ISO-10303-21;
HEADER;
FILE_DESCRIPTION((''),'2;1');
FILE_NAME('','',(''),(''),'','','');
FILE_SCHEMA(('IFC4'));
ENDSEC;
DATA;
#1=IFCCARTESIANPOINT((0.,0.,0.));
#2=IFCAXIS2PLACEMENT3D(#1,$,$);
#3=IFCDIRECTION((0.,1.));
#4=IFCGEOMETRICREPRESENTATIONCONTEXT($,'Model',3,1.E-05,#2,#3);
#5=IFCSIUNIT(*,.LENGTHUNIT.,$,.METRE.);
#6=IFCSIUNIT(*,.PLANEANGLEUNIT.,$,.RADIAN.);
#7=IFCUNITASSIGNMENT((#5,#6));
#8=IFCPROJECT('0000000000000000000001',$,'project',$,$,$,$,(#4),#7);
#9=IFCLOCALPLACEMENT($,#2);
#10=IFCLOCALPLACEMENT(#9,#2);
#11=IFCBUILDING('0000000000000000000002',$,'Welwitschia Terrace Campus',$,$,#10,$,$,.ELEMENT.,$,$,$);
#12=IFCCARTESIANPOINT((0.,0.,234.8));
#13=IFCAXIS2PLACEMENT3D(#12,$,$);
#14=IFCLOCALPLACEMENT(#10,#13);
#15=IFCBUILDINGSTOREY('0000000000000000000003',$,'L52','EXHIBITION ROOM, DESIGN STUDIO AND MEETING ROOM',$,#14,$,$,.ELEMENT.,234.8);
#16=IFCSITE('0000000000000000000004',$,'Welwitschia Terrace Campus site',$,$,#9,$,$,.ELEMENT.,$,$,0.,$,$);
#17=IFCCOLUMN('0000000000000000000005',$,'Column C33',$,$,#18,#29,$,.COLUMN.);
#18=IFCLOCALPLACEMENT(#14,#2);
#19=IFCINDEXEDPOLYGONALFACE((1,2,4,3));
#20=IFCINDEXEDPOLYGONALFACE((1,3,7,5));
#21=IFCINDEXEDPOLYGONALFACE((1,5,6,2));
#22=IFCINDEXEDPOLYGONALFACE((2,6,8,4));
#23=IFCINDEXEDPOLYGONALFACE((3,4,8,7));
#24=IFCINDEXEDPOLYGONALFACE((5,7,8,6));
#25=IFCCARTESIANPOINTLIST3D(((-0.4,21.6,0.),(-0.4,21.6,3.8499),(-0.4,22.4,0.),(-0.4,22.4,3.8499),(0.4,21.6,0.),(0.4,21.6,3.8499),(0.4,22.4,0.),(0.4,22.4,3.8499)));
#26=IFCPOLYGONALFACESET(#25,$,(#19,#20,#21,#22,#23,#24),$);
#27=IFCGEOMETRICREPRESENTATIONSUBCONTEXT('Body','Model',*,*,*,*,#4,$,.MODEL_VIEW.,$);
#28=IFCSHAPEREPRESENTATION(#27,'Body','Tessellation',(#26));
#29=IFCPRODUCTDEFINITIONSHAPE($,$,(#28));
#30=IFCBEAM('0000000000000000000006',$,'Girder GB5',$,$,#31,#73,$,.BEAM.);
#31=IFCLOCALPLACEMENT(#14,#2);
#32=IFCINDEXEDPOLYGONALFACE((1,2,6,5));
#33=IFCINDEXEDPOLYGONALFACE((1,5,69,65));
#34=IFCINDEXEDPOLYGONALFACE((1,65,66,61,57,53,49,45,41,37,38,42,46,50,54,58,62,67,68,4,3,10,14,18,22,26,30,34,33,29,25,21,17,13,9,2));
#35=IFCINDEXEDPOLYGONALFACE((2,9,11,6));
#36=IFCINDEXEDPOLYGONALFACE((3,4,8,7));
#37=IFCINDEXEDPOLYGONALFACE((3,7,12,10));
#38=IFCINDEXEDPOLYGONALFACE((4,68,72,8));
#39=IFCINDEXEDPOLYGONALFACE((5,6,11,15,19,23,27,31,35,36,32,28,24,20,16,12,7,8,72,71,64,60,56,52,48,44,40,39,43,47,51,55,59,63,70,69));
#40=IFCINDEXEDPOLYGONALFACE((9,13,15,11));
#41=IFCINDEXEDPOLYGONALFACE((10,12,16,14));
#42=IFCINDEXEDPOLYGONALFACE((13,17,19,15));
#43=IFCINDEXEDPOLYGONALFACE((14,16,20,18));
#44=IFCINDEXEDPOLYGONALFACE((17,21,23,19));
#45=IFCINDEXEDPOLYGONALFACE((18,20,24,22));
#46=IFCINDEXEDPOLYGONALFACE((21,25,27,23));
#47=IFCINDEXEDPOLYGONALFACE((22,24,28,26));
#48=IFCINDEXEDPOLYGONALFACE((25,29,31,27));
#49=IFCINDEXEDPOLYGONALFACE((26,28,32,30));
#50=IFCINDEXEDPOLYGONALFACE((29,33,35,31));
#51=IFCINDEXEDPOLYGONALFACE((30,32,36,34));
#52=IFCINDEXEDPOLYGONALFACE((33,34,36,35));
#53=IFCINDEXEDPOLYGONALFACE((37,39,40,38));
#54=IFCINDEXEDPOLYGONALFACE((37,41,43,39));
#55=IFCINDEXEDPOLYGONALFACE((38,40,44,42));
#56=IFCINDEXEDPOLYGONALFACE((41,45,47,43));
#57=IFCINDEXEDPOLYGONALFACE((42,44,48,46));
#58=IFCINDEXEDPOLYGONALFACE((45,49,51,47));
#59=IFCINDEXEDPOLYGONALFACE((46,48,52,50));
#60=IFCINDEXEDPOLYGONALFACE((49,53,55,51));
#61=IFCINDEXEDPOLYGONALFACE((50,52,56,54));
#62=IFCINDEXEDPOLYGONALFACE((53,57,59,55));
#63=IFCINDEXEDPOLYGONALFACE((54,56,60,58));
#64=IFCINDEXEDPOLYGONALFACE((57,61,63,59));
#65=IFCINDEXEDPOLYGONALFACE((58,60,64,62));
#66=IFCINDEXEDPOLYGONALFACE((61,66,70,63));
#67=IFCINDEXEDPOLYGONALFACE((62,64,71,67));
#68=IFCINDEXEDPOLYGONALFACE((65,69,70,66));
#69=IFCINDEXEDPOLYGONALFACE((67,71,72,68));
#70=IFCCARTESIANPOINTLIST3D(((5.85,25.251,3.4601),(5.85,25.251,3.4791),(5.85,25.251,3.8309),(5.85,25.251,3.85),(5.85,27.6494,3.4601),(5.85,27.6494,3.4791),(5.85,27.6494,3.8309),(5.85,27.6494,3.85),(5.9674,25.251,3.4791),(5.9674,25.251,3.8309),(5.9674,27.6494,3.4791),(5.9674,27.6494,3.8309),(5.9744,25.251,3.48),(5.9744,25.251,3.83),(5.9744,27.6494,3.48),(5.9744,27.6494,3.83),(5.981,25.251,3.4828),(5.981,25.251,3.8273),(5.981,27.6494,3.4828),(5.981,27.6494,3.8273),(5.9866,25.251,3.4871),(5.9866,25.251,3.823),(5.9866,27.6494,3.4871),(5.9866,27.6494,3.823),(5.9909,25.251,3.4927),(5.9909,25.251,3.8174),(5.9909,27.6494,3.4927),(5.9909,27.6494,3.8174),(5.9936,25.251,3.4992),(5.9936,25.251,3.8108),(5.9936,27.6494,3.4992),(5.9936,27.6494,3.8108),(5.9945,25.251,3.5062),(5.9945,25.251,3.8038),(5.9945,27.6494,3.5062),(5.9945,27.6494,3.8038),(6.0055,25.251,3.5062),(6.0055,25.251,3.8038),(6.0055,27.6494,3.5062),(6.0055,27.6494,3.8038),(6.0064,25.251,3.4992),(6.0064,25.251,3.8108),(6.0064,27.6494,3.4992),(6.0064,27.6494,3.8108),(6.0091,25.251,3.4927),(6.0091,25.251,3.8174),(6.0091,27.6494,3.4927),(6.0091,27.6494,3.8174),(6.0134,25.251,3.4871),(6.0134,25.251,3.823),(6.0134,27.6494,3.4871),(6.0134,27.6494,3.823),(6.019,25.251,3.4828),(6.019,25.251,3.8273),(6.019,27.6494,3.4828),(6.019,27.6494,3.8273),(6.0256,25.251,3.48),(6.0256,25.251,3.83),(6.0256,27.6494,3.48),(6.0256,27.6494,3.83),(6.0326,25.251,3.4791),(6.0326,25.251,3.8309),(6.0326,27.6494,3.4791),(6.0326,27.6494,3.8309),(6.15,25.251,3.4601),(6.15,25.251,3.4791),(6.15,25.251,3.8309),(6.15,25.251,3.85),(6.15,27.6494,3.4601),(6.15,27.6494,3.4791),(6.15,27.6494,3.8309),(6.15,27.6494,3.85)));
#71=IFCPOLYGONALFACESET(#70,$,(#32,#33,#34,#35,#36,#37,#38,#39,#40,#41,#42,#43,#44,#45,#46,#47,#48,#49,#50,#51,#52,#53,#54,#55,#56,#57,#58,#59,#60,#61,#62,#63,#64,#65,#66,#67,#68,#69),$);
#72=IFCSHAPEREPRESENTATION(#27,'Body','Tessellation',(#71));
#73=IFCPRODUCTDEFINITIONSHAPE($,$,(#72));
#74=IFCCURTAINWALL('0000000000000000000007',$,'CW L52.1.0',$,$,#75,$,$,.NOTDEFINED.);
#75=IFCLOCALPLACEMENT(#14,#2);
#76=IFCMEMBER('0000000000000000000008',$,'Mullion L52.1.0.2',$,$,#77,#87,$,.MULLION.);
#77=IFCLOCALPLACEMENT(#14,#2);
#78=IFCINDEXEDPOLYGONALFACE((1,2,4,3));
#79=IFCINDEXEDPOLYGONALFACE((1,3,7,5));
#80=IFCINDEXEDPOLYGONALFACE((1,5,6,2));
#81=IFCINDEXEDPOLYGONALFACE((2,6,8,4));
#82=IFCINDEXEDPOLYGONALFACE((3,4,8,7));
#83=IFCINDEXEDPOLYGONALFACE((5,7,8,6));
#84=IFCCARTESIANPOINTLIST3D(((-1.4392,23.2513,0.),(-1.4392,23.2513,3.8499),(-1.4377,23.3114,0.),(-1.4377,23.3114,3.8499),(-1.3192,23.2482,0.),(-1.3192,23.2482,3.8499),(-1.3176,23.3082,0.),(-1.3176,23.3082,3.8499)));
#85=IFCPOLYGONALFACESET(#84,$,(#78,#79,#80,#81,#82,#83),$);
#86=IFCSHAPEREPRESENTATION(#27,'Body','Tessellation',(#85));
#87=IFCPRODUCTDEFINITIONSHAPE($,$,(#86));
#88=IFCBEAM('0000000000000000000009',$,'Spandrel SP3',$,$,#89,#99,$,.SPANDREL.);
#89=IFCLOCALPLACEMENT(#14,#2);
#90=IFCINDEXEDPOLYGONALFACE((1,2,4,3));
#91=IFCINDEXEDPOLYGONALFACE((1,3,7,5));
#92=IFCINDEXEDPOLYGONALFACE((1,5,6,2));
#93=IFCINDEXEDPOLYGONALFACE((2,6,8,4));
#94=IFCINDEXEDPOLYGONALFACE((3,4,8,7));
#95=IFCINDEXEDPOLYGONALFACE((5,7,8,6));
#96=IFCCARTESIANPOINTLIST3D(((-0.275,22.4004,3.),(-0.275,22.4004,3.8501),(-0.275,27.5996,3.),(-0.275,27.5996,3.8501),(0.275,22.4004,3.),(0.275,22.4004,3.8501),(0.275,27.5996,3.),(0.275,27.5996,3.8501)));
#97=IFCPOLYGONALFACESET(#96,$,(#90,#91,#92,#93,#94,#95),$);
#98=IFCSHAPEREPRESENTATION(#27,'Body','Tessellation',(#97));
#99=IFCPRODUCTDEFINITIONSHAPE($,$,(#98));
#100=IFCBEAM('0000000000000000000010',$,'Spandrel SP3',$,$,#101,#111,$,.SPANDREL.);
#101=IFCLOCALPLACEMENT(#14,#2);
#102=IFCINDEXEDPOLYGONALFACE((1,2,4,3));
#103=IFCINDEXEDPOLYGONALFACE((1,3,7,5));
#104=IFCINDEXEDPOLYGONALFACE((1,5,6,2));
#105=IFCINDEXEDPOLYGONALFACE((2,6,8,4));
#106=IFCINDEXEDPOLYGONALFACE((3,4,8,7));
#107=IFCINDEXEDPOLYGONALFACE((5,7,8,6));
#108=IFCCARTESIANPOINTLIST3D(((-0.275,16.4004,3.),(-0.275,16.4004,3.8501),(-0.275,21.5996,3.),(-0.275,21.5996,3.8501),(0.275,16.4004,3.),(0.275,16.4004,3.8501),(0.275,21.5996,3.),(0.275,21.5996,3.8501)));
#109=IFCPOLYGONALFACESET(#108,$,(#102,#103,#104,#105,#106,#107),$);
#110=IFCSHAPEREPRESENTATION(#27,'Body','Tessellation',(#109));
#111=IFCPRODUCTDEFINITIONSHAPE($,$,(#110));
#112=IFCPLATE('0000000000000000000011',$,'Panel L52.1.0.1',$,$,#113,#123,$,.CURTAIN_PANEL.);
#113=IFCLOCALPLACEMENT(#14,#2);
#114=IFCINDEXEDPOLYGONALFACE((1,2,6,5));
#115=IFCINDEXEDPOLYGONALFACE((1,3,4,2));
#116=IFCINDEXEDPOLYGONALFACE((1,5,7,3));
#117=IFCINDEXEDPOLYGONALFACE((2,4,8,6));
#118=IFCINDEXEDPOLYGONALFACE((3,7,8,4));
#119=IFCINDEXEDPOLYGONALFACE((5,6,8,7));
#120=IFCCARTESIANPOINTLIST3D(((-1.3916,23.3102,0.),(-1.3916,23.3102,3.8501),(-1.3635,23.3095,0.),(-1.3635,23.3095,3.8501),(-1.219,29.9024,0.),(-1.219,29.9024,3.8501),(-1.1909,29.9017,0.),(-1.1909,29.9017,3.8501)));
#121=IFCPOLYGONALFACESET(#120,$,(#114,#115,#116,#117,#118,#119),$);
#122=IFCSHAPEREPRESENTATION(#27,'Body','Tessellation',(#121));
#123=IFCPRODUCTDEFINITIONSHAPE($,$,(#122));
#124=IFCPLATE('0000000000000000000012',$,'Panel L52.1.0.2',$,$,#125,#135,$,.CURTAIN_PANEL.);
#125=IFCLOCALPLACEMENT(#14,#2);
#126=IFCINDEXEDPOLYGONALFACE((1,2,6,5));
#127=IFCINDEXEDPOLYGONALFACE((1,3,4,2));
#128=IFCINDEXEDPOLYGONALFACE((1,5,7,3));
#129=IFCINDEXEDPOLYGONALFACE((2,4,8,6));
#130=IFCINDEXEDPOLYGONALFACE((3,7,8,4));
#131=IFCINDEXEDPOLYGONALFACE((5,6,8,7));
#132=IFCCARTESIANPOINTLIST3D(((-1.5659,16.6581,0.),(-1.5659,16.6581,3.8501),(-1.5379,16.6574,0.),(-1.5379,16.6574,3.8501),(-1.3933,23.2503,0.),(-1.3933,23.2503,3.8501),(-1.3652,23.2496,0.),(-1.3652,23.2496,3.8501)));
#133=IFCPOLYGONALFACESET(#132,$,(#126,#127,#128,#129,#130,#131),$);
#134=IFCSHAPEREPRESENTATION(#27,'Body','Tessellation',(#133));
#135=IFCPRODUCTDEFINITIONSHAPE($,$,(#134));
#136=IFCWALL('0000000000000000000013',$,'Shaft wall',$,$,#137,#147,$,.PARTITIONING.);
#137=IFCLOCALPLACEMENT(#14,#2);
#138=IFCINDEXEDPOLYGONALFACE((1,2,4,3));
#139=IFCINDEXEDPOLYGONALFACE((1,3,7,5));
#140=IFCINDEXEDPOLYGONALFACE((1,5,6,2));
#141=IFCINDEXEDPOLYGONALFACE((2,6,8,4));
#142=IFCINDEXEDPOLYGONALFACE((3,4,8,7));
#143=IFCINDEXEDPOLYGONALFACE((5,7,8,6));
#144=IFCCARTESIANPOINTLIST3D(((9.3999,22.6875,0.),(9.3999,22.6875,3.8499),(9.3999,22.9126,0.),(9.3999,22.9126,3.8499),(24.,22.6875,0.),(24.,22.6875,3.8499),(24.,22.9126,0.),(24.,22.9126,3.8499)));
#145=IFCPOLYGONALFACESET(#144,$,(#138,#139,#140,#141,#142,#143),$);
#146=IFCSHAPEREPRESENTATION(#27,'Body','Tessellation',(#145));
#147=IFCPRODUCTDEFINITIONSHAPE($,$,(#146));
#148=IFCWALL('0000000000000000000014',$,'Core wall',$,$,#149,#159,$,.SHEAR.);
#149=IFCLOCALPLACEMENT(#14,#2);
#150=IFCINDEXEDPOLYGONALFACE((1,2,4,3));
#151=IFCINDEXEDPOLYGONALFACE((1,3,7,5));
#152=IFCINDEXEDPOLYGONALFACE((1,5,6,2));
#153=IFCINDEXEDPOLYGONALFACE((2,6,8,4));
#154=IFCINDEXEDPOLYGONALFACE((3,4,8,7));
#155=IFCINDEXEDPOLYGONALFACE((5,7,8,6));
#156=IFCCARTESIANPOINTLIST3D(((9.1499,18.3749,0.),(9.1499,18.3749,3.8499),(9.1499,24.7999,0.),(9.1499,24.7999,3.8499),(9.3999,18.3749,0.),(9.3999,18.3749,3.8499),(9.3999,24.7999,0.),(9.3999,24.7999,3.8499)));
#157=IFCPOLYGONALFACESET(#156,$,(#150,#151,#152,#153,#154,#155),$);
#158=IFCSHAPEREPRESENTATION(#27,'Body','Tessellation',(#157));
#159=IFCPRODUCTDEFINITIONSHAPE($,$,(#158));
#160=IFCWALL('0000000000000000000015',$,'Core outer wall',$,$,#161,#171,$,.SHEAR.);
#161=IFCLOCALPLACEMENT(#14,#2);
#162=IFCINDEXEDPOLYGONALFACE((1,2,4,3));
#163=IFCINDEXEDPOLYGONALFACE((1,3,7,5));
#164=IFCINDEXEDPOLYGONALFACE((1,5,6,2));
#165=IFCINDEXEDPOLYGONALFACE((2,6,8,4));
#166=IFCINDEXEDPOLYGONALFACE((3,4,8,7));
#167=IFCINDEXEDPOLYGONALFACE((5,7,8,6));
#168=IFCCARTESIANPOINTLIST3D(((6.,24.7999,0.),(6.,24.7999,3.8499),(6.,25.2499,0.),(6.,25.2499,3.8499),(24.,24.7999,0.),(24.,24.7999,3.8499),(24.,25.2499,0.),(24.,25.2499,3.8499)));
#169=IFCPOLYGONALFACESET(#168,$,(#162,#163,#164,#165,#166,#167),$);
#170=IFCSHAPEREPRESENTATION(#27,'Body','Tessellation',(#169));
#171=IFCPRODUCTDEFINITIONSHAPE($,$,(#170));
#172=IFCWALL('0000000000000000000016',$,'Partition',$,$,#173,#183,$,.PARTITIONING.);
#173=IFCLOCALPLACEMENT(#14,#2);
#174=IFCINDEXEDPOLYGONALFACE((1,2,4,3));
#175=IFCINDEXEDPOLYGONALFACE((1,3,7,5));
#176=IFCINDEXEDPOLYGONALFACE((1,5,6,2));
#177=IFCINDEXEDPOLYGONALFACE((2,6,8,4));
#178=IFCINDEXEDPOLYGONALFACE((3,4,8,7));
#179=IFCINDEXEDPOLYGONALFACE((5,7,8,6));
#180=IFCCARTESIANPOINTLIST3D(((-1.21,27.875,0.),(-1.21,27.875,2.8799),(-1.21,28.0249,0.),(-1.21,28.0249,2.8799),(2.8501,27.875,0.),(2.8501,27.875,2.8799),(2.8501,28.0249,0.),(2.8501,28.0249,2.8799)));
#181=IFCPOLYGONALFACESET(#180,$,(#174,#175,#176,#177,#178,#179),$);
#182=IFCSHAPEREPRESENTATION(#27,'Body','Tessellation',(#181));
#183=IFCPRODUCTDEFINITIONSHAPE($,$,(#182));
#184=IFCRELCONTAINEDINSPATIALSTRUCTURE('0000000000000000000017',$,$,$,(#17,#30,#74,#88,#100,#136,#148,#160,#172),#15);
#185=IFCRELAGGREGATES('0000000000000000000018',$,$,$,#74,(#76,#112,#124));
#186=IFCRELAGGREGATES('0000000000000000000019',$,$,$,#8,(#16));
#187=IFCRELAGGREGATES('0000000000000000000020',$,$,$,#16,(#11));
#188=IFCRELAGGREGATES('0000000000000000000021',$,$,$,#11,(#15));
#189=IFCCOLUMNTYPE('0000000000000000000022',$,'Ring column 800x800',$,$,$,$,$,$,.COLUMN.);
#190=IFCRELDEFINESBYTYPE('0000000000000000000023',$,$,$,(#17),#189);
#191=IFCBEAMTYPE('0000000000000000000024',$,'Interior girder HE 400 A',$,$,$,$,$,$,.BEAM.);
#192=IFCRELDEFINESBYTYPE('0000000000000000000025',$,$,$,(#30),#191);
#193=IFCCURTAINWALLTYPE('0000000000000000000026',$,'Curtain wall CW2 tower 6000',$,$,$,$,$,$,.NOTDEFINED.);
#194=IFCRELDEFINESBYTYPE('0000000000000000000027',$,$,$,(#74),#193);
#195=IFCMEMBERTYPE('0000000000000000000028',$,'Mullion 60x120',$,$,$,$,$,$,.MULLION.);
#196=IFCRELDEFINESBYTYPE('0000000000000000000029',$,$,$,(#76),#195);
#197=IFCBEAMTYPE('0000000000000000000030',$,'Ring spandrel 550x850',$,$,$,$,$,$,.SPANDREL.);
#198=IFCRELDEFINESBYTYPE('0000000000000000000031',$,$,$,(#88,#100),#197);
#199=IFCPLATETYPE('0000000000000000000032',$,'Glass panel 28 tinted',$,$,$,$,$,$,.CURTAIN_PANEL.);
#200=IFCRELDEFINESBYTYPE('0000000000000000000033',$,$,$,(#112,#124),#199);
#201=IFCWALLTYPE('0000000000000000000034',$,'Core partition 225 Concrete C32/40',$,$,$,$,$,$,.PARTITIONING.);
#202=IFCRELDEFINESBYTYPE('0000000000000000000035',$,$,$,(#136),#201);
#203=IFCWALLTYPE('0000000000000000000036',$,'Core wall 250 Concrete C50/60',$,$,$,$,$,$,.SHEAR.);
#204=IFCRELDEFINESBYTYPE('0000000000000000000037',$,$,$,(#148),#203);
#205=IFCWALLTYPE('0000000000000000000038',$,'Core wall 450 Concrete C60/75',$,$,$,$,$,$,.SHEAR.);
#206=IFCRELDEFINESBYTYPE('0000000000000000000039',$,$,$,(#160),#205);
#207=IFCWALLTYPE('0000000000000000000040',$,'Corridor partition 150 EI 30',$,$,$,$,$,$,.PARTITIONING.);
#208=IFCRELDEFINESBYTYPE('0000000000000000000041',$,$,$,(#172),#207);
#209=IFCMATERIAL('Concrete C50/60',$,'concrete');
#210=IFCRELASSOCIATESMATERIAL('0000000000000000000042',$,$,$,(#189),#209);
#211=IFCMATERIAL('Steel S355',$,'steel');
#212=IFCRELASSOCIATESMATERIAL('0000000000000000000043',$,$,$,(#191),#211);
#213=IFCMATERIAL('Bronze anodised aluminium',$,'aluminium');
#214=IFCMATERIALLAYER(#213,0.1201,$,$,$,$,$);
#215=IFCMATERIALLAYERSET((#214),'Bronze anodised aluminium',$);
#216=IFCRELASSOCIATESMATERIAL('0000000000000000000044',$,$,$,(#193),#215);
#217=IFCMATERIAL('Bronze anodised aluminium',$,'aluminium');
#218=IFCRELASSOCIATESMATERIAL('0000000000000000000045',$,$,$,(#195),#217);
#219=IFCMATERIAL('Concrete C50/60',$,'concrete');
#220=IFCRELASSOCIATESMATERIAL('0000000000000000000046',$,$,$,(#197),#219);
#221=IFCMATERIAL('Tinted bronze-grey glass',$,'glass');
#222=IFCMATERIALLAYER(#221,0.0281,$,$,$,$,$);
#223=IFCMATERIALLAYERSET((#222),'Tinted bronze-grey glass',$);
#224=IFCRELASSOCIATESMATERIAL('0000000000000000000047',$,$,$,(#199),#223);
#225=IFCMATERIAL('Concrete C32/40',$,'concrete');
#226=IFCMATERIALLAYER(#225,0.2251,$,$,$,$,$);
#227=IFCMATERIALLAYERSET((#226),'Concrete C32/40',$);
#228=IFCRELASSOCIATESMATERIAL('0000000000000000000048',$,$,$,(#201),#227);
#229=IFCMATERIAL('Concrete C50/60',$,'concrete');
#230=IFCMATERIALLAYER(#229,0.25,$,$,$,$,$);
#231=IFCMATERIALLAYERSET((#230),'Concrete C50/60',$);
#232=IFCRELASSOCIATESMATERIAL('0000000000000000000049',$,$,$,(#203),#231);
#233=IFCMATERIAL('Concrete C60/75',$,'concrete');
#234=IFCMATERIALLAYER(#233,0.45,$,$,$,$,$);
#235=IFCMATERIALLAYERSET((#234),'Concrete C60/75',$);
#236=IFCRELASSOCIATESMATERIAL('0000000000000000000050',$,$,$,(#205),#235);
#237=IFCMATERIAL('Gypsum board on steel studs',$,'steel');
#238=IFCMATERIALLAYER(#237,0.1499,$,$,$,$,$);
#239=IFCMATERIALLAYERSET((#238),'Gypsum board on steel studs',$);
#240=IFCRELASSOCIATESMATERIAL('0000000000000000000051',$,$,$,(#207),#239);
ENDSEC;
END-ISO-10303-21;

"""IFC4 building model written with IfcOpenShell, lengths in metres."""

from ifc_helpers import new_model, si_unit, direction, frame, frame_2d, origin, origin_2d, place, context, subcontext, project, spatial, rectangle, i_section, extrude, material, layer, layer_set, material_profile, profile_set, type_object, element, aggregate, save


model = new_model("IFC4")

# Units and contexts
model_context = context("Model", 3, precision=1e-05, world=origin(), true_north=direction((0.0, 1.0)))
body_context = subcontext(model_context, "Body", "Model", "MODEL_VIEW")
ifc_project = project(units=[si_unit("LENGTHUNIT", "METRE"), si_unit("PLANEANGLEUNIT", "RADIAN")], contexts=[model_context])

# Site, building, storey
site_placement = place(None, origin())
site = spatial("IfcSite", under=ifc_project, at=site_placement, Name="Welwitschia Terrace Campus site", CompositionType="ELEMENT", RefElevation=0.0)
building_placement = place(site_placement, origin())
building = spatial("IfcBuilding", under=site, at=building_placement, Name="Welwitschia Terrace Campus", CompositionType="ELEMENT")
storey_placement = place(building_placement, frame((0.0, 0.0, 234.8)))
storey = spatial("IfcBuildingStorey", under=building, at=storey_placement, Name="L52", Description="EXHIBITION ROOM, DESIGN STUDIO AND MEETING ROOM", CompositionType="ELEMENT", Elevation=234.8)

# Column
ifc_material_1 = material(Name="Concrete C50/60", Category="concrete")
ifc_material_profile_1 = material_profile(ifc_material_1, rectangle(XDim=0.8, YDim=0.8, at=origin_2d()))
ifc_profile_set_1 = profile_set([ifc_material_profile_1], Name="Concrete C50/60")
column_type = type_object("IfcColumnType", Name="Ring column 800x800", PredefinedType="COLUMN", material=ifc_profile_set_1)
column_placement = place(storey_placement, frame((0.0, 22.0, 0.0), z_axis=(0.0, 0.0, 1.0), x_axis=(1.0, 0.0, 0.0)))
element("IfcColumn", 1, at=column_placement, inside=storey, type_object=column_type, Name="Column C33", PredefinedType="COLUMN", context=body_context, shape_type="SweptSolid", body=[
    extrude(rectangle(XDim=0.8, YDim=0.8, at=origin_2d()), origin(), (0.0, 0.0, 1.0), 3.8499),
])

# Beam
ifc_material_2 = material(Name="Steel S355", Category="steel")
ifc_material_profile_2 = material_profile(ifc_material_2, i_section(OverallWidth=0.3, OverallDepth=0.3899, WebThickness=0.011, FlangeThickness=0.019, FilletRadius=0.0271, at=origin_2d()))
ifc_profile_set_2 = profile_set([ifc_material_profile_2], Name="Steel S355")
beam_type_1 = type_object("IfcBeamType", Name="Interior girder HE 400 A", PredefinedType="BEAM", material=ifc_profile_set_2)
beam_placement = place(storey_placement, frame((6.0, 25.251, 3.655), z_axis=(0.0, 1.0, 0.0), x_axis=(-1.0, 0.0, 0.0)))
element("IfcBeam", 2, at=beam_placement, inside=storey, type_object=beam_type_1, Name="Girder GB5", PredefinedType="BEAM", context=body_context, shape_type="SweptSolid", body=[
    extrude(i_section(OverallWidth=0.3, OverallDepth=0.3899, WebThickness=0.011, FlangeThickness=0.019, FilletRadius=0.0271, at=origin_2d()), origin(), (0.0, 0.0, 1.0), 2.3984),
])

# Curtain wall, member
ifc_material_3 = material(Name="Bronze anodised aluminium", Category="aluminium")
ifc_layer_1 = layer(ifc_material_3, 0.1201)
ifc_layer_set_1 = layer_set([ifc_layer_1], Name="Bronze anodised aluminium")
curtain_wall_type = type_object("IfcCurtainWallType", Name="Curtain wall CW2 tower 6000", PredefinedType="NOTDEFINED", material=ifc_layer_set_1)
curtain_wall_placement = place(storey_placement, origin())
curtain_wall = element("IfcCurtainWall", 3, at=curtain_wall_placement, inside=storey, type_object=curtain_wall_type, Name="CW L52.1.0", PredefinedType="NOTDEFINED")
ifc_material_4 = material(Name="Bronze anodised aluminium", Category="aluminium")
ifc_material_profile_3 = material_profile(ifc_material_4, rectangle(XDim=0.1201, YDim=0.0601, at=origin_2d()))
ifc_profile_set_3 = profile_set([ifc_material_profile_3], Name="Bronze anodised aluminium")
member_type = type_object("IfcMemberType", Name="Mullion 60x120", PredefinedType="MULLION", material=ifc_profile_set_3)
member_placement = place(storey_placement, frame((-1.3784, 23.2798, 0.0), z_axis=(0.0, 0.0, 1.0), x_axis=(0.999657, -0.026177, 0.0)))
member = element("IfcMember", 4, at=member_placement, type_object=member_type, Name="Mullion L52.1.0.2", PredefinedType="MULLION", context=body_context, shape_type="SweptSolid", body=[
    extrude(rectangle(XDim=0.1201, YDim=0.0601, at=origin_2d()), origin(), (0.0, 0.0, 1.0), 3.8499),
])

# Beams
ifc_material_5 = material(Name="Concrete C50/60", Category="concrete")
ifc_material_profile_4 = material_profile(ifc_material_5, rectangle(XDim=0.55, YDim=0.8501, at=origin_2d()))
ifc_profile_set_4 = profile_set([ifc_material_profile_4], Name="Concrete C50/60")
beam_type_2 = type_object("IfcBeamType", Name="Ring spandrel 550x850", PredefinedType="SPANDREL", material=ifc_profile_set_4)
for number, where, z_axis, x_axis, name in (
    (5, (0.0, 27.5996, 3.425), (0.0, -1.0, 0.0), (1.0, 0.0, 0.0), "Spandrel SP3"),
    (6, (0.0, 21.5996, 3.425), (0.0, -1.0, 0.0), (1.0, 0.0, 0.0), "Spandrel SP3"),
):
    element("IfcBeam", number, at=place(storey_placement, frame(where, z_axis=z_axis, x_axis=x_axis)), inside=storey, type_object=beam_type_2, Name=name, PredefinedType="SPANDREL", context=body_context, shape_type="SweptSolid", body=[
        extrude(rectangle(XDim=0.55, YDim=0.8501, at=origin_2d()), origin(), (0.0, 0.0, 1.0), 5.1992),
    ])

# Plates
ifc_material_6 = material(Name="Tinted bronze-grey glass", Category="glass")
ifc_layer_2 = layer(ifc_material_6, 0.0281)
ifc_layer_set_2 = layer_set([ifc_layer_2], Name="Tinted bronze-grey glass")
plate_type = type_object("IfcPlateType", Name="Glass panel 28 tinted", PredefinedType="CURTAIN_PANEL", material=ifc_layer_set_2)
plate_1_placement = place(storey_placement, frame((-1.2913, 26.606, 0.0), z_axis=(0.0, 0.0, 1.0), x_axis=(-0.026177, -0.999657, 0.0)))
plate_1 = element("IfcPlate", 7, at=plate_1_placement, type_object=plate_type, Name="Panel L52.1.0.1", PredefinedType="CURTAIN_PANEL", context=body_context, shape_type="SweptSolid", body=[
    extrude(rectangle(XDim=6.5945, YDim=0.0281, at=origin_2d()), origin(), (0.0, 0.0, 1.0), 3.8501),
])
plate_2_placement = place(storey_placement, frame((-1.4656, 19.9539, 0.0), z_axis=(0.0, 0.0, 1.0), x_axis=(-0.026177, -0.999657, 0.0)))
plate_2 = element("IfcPlate", 8, at=plate_2_placement, type_object=plate_type, Name="Panel L52.1.0.2", PredefinedType="CURTAIN_PANEL", context=body_context, shape_type="SweptSolid", body=[
    extrude(rectangle(XDim=6.5945, YDim=0.0281, at=origin_2d()), origin(), (0.0, 0.0, 1.0), 3.8501),
])
aggregate(curtain_wall, [member, plate_1, plate_2])

# Walls
ifc_material_7 = material(Name="Concrete C32/40", Category="concrete")
ifc_layer_3 = layer(ifc_material_7, 0.2251)
ifc_layer_set_3 = layer_set([ifc_layer_3], Name="Concrete C32/40")
wall_type_1 = type_object("IfcWallType", Name="Core partition 225 Concrete C32/40", PredefinedType="PARTITIONING", material=ifc_layer_set_3)
wall_1_placement = place(storey_placement, frame((9.3999, 22.8, 0.0), z_axis=(0.0, 0.0, 1.0), x_axis=(1.0, 0.0, 0.0)))
element("IfcWall", 9, at=wall_1_placement, inside=storey, type_object=wall_type_1, Name="Shaft wall", PredefinedType="PARTITIONING", context=body_context, shape_type="SweptSolid", body=[
    extrude(rectangle(XDim=14.6001, YDim=0.2251, at=frame_2d((7.3, 0.0))), origin(), (0.0, 0.0, 1.0), 3.8499),
])
ifc_material_8 = material(Name="Concrete C50/60", Category="concrete")
ifc_layer_4 = layer(ifc_material_8, 0.25)
ifc_layer_set_4 = layer_set([ifc_layer_4], Name="Concrete C50/60")
wall_type_2 = type_object("IfcWallType", Name="Core wall 250 Concrete C50/60", PredefinedType="SHEAR", material=ifc_layer_set_4)
wall_2_placement = place(storey_placement, frame((9.2749, 18.375, 0.0), z_axis=(0.0, 0.0, 1.0), x_axis=(0.0, 1.0, 0.0)))
element("IfcWall", 10, at=wall_2_placement, inside=storey, type_object=wall_type_2, Name="Core wall", PredefinedType="SHEAR", context=body_context, shape_type="SweptSolid", body=[
    extrude(rectangle(XDim=6.425, YDim=0.25, at=frame_2d((3.2124, 0.0))), origin(), (0.0, 0.0, 1.0), 3.8499),
])
ifc_material_9 = material(Name="Concrete C60/75", Category="concrete")
ifc_layer_5 = layer(ifc_material_9, 0.45)
ifc_layer_set_5 = layer_set([ifc_layer_5], Name="Concrete C60/75")
wall_type_3 = type_object("IfcWallType", Name="Core wall 450 Concrete C60/75", PredefinedType="SHEAR", material=ifc_layer_set_5)
wall_3_placement = place(storey_placement, frame((6.0, 25.0249, 0.0), z_axis=(0.0, 0.0, 1.0), x_axis=(1.0, 0.0, 0.0)))
element("IfcWall", 11, at=wall_3_placement, inside=storey, type_object=wall_type_3, Name="Core outer wall", PredefinedType="SHEAR", context=body_context, shape_type="SweptSolid", body=[
    extrude(rectangle(XDim=18.0, YDim=0.45, at=frame_2d((9.0, 0.0))), origin(), (0.0, 0.0, 1.0), 3.8499),
])
ifc_material_10 = material(Name="Gypsum board on steel studs", Category="steel")
ifc_layer_6 = layer(ifc_material_10, 0.1499)
ifc_layer_set_6 = layer_set([ifc_layer_6], Name="Gypsum board on steel studs")
wall_type_4 = type_object("IfcWallType", Name="Corridor partition 150 EI 30", PredefinedType="PARTITIONING", material=ifc_layer_set_6)
wall_4_placement = place(storey_placement, frame((-1.21, 27.95, 0.0), z_axis=(0.0, 0.0, 1.0), x_axis=(1.0, 0.0, 0.0)))
element("IfcWall", 12, at=wall_4_placement, inside=storey, type_object=wall_type_4, Name="Partition", PredefinedType="PARTITIONING", context=body_context, shape_type="SweptSolid", body=[
    extrude(rectangle(XDim=4.0601, YDim=0.1499, at=frame_2d((2.03, 0.0))), origin(), (0.0, 0.0, 1.0), 2.8799),
])

save(model, "model.ifc")
